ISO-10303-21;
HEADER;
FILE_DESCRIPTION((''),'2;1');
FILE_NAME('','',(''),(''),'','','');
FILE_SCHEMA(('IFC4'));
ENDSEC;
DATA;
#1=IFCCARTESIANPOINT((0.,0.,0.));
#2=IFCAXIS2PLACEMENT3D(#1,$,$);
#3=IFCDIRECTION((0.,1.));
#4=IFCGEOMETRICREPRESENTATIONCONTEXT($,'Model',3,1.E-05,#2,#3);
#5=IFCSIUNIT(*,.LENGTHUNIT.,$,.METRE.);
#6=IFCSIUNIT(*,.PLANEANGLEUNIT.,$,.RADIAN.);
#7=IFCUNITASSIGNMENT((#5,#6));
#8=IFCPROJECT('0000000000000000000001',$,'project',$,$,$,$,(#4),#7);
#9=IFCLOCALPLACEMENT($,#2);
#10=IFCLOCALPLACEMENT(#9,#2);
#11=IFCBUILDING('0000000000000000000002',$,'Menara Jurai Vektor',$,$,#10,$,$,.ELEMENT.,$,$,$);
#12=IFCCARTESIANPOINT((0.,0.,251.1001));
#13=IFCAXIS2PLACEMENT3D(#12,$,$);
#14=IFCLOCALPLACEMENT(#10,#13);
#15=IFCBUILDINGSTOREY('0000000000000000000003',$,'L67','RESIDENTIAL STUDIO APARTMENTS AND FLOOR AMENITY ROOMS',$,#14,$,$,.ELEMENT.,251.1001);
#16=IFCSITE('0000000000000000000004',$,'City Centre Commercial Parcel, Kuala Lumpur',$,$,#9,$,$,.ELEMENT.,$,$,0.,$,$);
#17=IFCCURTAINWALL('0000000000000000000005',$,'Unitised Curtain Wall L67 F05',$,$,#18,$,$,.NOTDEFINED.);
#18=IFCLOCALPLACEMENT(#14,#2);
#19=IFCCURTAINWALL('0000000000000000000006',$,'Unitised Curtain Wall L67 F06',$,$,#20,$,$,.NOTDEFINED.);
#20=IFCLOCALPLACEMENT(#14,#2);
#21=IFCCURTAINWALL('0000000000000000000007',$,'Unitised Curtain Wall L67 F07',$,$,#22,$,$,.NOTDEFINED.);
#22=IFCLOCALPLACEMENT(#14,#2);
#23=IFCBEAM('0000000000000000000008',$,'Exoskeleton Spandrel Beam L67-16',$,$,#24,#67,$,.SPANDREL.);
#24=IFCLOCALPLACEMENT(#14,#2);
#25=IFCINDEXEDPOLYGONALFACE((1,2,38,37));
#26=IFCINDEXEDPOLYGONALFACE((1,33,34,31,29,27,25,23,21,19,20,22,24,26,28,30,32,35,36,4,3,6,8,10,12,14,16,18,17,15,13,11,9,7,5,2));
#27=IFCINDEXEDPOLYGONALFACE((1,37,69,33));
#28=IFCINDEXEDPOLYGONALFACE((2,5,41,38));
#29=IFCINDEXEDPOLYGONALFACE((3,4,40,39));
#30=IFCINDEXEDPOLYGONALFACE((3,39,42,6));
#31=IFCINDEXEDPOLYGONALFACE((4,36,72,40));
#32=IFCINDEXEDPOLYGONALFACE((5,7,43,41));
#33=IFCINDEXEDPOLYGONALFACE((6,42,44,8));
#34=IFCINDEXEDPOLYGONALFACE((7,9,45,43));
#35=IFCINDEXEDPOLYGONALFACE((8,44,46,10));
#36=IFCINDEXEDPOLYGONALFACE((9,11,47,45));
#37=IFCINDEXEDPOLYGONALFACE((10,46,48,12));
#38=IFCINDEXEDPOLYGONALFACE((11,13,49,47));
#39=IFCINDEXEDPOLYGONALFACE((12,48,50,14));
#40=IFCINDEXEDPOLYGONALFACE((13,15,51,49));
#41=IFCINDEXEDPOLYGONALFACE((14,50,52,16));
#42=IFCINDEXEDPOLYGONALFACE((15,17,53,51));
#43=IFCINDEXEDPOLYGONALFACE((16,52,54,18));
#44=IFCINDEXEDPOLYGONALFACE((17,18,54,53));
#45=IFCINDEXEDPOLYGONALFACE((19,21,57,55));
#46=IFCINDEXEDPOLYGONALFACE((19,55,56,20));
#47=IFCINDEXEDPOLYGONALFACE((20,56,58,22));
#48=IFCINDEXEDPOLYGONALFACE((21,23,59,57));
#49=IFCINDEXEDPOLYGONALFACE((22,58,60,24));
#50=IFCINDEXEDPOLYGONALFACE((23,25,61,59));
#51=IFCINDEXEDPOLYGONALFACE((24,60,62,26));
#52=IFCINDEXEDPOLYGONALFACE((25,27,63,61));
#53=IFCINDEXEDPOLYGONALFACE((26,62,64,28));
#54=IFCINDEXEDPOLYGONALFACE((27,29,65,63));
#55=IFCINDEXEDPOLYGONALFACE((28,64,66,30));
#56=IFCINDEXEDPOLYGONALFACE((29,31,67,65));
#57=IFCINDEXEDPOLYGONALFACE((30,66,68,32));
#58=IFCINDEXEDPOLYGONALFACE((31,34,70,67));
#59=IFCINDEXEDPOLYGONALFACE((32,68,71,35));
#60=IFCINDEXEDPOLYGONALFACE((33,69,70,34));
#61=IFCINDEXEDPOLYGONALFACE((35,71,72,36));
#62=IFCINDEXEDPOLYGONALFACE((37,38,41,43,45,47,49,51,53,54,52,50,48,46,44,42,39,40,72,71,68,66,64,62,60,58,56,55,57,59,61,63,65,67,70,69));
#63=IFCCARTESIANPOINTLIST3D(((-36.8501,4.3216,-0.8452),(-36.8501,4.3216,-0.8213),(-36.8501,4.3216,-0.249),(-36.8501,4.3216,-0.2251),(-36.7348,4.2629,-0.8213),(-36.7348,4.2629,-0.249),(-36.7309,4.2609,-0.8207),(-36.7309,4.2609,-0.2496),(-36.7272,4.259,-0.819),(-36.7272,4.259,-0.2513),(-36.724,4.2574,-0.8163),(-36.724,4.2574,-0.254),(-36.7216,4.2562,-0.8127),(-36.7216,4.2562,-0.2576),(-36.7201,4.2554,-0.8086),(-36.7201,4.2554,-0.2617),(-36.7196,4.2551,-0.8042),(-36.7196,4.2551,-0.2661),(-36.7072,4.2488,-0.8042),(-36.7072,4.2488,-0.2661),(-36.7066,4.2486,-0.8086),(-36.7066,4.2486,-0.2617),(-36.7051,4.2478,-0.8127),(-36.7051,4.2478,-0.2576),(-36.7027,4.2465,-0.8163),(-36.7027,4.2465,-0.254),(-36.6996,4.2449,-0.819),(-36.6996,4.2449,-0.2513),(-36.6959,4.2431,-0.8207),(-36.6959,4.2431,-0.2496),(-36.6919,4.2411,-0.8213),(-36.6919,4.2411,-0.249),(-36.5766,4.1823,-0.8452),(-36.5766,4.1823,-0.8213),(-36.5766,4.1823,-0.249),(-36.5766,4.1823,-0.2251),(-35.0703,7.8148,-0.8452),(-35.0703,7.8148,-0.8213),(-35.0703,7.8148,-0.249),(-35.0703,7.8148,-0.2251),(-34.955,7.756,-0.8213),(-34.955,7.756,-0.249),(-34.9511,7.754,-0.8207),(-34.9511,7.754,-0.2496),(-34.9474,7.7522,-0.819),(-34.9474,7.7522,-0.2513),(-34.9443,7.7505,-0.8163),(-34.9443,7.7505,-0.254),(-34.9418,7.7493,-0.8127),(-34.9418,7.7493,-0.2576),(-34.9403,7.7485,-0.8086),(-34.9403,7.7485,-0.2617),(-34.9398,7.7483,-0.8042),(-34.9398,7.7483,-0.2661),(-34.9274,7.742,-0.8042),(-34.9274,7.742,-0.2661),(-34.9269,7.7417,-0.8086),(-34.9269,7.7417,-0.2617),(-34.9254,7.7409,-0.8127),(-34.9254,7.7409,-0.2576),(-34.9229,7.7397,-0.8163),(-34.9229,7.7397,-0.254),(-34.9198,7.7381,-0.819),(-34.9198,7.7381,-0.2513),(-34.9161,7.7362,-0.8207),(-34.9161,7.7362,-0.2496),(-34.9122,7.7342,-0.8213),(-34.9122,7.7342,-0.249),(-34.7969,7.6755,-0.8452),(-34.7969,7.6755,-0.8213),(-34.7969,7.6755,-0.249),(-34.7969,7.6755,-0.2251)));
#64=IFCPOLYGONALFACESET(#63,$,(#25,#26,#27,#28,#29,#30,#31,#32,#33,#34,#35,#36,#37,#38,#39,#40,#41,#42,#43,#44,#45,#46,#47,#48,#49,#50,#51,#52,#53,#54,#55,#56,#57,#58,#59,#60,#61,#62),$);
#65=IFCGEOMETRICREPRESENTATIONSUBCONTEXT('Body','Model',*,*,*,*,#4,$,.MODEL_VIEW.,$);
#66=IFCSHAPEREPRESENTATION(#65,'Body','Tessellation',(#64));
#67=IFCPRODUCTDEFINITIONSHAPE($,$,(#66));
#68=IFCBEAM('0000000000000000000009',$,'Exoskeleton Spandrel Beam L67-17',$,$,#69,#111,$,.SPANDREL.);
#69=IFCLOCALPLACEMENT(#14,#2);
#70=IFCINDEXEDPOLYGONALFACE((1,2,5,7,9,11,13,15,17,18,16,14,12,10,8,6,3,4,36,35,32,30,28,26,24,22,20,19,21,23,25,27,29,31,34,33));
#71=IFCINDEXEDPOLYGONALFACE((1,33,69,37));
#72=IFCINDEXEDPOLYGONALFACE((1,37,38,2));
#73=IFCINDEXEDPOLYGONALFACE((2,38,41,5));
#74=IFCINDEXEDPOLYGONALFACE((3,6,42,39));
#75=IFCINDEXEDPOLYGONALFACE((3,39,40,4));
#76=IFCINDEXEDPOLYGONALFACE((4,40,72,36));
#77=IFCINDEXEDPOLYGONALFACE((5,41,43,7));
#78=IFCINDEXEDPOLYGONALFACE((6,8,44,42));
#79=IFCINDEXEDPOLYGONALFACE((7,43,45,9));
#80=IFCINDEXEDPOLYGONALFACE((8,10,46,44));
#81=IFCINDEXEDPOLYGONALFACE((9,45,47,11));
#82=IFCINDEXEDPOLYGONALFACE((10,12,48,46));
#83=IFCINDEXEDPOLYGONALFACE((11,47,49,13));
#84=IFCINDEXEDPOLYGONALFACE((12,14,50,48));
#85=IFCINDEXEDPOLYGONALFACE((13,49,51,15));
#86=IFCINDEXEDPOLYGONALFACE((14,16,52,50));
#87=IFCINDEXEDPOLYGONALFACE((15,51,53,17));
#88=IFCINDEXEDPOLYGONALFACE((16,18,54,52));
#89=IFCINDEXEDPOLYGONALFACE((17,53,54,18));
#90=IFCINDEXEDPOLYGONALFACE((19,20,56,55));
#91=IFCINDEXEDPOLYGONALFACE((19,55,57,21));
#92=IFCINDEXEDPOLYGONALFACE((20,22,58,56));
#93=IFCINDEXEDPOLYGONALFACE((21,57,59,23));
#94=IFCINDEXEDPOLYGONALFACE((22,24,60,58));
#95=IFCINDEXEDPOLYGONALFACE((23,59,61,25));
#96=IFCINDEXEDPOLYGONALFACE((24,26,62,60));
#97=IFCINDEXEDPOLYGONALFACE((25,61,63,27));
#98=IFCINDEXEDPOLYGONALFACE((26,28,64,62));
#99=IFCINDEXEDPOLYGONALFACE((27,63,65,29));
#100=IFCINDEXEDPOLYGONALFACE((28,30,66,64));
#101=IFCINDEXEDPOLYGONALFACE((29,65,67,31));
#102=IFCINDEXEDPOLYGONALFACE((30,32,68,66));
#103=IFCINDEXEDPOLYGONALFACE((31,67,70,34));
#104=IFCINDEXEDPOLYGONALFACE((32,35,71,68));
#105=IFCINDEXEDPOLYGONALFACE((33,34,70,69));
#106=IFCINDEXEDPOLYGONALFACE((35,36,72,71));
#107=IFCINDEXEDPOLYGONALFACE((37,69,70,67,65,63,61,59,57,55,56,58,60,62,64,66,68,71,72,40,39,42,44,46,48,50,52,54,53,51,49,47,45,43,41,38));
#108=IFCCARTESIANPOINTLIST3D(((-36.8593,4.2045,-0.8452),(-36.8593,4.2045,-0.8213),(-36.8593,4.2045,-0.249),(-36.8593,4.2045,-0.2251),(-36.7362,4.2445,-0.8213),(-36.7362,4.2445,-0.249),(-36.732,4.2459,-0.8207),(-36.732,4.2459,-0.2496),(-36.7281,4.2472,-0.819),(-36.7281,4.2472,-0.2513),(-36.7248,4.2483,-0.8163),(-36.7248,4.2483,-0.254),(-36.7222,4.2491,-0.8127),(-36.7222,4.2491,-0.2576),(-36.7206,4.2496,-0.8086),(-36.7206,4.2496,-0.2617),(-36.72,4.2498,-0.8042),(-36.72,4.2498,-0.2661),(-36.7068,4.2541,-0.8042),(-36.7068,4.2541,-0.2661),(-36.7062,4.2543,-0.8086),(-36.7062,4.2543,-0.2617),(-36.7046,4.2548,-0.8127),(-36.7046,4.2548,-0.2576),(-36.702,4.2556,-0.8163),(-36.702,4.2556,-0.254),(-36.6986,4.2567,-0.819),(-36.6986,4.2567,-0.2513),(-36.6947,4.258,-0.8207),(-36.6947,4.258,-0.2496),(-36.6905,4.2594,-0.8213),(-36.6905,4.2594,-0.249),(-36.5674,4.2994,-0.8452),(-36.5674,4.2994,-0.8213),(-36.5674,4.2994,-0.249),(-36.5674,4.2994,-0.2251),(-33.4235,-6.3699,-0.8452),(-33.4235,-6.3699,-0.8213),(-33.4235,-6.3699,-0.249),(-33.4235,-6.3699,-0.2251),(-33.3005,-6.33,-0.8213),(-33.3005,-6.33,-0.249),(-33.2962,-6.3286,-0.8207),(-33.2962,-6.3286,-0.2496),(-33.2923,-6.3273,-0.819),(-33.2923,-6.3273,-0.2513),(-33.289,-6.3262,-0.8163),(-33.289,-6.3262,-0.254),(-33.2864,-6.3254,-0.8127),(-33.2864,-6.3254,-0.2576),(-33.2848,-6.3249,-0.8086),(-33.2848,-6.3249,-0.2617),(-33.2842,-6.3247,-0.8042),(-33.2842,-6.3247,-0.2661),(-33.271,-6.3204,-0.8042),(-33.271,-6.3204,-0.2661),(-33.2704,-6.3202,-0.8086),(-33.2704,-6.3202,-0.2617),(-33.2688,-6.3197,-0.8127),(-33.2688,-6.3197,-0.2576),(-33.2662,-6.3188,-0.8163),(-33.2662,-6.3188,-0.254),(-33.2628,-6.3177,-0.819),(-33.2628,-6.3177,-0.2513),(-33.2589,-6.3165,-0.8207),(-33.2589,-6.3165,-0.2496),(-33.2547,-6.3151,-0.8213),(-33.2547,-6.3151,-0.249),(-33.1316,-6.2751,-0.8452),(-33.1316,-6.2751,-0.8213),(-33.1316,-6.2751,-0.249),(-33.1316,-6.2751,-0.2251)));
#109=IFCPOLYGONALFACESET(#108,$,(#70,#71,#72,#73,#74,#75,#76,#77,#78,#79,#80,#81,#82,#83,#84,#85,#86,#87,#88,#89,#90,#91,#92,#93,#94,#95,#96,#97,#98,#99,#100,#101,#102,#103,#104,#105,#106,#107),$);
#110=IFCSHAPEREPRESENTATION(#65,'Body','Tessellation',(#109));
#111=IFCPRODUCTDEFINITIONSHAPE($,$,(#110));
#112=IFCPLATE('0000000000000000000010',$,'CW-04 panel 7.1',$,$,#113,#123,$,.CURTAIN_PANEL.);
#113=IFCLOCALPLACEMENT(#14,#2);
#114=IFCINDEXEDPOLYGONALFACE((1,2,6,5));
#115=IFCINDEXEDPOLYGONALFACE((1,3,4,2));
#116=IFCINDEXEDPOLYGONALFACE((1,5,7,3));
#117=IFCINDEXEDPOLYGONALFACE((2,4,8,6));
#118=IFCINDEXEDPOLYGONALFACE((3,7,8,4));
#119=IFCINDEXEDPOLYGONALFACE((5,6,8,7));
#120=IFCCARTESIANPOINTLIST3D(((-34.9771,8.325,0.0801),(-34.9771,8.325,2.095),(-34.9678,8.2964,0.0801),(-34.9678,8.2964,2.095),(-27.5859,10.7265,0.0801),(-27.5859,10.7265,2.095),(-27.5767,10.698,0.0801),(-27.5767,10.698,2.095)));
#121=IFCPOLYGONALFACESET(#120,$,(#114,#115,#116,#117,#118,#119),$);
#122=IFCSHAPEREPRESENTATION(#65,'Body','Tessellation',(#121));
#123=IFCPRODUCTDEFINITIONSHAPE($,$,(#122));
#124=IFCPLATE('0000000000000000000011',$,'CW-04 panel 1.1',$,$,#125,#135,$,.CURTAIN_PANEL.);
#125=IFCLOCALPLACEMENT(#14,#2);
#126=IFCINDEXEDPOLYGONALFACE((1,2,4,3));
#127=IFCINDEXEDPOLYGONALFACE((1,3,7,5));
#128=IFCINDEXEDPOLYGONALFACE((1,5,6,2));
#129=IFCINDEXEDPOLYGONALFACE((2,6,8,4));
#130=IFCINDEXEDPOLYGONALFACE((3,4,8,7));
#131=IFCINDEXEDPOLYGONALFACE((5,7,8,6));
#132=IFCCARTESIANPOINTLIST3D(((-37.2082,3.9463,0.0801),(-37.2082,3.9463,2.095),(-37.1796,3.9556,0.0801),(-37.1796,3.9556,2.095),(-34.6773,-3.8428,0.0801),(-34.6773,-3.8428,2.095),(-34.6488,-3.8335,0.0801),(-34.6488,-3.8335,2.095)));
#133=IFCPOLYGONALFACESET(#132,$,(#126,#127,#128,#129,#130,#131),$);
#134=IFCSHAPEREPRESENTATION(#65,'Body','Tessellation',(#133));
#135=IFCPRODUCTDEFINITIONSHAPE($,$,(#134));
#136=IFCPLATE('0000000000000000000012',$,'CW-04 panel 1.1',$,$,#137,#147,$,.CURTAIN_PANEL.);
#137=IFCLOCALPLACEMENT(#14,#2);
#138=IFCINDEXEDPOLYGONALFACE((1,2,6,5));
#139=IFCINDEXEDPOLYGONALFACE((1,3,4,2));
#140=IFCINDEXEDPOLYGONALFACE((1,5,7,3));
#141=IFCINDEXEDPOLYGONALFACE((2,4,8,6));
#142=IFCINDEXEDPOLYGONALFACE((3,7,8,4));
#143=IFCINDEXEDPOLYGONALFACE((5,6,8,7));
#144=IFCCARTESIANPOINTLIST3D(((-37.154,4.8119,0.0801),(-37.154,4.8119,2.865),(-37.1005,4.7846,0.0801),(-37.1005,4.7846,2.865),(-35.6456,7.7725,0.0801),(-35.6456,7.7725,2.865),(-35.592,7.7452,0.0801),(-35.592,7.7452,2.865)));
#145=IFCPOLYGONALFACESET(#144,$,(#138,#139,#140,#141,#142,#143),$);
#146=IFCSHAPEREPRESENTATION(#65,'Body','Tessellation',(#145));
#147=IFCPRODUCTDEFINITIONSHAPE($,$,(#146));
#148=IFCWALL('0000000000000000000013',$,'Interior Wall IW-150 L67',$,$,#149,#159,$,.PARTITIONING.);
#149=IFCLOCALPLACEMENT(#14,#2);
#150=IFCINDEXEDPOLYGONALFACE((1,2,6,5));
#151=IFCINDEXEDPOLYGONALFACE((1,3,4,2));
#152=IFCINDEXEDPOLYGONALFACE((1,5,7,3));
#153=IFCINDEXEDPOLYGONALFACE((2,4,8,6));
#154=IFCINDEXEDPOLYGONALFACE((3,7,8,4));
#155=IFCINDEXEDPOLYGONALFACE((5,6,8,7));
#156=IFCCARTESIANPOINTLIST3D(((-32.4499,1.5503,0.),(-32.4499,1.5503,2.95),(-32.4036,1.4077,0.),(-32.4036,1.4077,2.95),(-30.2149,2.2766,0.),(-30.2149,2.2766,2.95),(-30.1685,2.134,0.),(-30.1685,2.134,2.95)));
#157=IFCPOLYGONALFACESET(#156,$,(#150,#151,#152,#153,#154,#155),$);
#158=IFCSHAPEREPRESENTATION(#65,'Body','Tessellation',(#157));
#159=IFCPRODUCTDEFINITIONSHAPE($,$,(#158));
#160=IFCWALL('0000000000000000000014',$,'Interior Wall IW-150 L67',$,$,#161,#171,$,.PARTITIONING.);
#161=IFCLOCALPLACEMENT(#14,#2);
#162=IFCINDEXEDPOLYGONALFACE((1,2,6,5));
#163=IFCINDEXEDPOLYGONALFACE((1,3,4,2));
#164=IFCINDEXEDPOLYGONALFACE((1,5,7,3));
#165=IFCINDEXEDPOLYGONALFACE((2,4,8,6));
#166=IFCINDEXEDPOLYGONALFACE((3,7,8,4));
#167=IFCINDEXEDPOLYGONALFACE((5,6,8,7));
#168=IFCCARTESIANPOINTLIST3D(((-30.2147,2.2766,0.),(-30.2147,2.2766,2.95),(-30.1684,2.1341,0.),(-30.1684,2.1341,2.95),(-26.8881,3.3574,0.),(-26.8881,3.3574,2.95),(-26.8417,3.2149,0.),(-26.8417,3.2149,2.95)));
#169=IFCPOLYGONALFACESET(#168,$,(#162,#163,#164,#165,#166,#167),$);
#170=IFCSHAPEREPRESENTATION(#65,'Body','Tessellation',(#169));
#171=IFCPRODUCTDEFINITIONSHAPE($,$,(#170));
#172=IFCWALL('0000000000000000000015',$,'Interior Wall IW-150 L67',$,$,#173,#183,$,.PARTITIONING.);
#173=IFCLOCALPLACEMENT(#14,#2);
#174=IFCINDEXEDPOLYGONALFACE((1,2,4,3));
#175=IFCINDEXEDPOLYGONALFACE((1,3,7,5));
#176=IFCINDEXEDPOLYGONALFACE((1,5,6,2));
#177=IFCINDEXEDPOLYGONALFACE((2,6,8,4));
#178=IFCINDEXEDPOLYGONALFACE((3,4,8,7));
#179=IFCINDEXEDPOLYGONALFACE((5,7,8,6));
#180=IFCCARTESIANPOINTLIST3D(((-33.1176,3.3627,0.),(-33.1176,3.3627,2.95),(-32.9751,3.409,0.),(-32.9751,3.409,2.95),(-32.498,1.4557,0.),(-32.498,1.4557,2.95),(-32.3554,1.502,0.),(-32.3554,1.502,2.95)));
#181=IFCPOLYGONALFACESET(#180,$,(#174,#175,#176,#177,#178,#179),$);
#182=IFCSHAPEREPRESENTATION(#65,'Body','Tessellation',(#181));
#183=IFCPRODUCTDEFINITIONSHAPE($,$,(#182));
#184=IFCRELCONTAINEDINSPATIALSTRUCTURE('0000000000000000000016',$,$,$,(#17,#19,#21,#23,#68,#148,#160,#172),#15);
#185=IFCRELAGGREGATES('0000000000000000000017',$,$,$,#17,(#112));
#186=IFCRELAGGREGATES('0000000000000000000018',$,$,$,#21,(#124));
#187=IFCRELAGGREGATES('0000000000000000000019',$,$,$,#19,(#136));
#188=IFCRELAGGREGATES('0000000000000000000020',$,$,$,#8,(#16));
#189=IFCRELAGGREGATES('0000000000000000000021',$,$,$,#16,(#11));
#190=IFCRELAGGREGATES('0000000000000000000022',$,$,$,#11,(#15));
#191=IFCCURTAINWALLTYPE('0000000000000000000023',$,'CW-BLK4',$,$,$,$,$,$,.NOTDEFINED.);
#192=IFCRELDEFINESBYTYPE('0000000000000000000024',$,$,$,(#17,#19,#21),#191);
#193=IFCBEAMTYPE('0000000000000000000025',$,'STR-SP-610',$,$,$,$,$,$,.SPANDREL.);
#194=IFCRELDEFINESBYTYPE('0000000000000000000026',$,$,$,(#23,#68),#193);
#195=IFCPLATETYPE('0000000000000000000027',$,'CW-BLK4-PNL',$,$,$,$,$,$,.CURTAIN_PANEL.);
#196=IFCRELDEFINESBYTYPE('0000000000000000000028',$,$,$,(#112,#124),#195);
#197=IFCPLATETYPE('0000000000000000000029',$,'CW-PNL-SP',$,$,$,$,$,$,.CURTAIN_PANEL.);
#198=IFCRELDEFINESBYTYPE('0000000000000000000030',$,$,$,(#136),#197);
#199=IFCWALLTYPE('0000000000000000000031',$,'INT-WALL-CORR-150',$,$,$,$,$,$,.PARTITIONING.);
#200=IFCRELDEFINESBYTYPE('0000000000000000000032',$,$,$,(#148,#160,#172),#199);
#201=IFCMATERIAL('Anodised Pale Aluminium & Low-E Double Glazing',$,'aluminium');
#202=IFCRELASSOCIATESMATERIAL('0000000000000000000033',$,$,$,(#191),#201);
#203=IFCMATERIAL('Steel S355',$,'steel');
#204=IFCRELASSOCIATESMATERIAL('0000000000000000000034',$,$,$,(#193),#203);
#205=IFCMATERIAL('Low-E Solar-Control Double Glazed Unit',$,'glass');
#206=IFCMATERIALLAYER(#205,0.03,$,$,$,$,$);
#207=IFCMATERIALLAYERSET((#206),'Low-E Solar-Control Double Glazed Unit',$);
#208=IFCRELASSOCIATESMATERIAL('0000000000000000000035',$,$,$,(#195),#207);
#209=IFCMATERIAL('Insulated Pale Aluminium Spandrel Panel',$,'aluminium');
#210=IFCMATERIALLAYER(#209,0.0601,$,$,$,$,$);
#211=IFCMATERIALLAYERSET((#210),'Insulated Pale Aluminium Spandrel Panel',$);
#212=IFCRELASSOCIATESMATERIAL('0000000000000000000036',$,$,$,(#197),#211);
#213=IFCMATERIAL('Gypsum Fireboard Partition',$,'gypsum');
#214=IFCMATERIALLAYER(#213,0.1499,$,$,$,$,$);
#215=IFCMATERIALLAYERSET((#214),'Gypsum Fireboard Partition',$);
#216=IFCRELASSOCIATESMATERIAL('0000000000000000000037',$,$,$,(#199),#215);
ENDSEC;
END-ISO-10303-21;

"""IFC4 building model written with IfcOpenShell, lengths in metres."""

from ifc_helpers import new_model, si_unit, direction, frame, frame_2d, origin, origin_2d, place, context, subcontext, project, spatial, rectangle, i_section, extrude, material, layer, layer_set, material_profile, profile_set, type_object, element, aggregate, save


model = new_model("IFC4")

# Units and contexts
model_context = context("Model", 3, precision=1e-05, world=origin(), true_north=direction((0.0, 1.0)))
body_context = subcontext(model_context, "Body", "Model", "MODEL_VIEW")
ifc_project = project(units=[si_unit("LENGTHUNIT", "METRE"), si_unit("PLANEANGLEUNIT", "RADIAN")], contexts=[model_context])

# Site, building, storey
site_placement = place(None, origin())
site = spatial("IfcSite", under=ifc_project, at=site_placement, Name="City Centre Commercial Parcel, Kuala Lumpur", CompositionType="ELEMENT", RefElevation=0.0)
building_placement = place(site_placement, origin())
building = spatial("IfcBuilding", under=site, at=building_placement, Name="Menara Jurai Vektor", CompositionType="ELEMENT")
storey_placement = place(building_placement, frame((0.0, 0.0, 251.1001)))
storey = spatial("IfcBuildingStorey", under=building, at=storey_placement, Name="L67", Description="RESIDENTIAL STUDIO APARTMENTS AND FLOOR AMENITY ROOMS", CompositionType="ELEMENT", Elevation=251.1001)

# Curtain wall
ifc_material_1 = material(Name="Anodised Pale Aluminium & Low-E Double Glazing", Category="aluminium")
curtain_wall_type = type_object("IfcCurtainWallType", Name="CW-BLK4", PredefinedType="NOTDEFINED", material=ifc_material_1)
curtain_wall_1_placement = place(storey_placement, origin())
curtain_wall_1 = element("IfcCurtainWall", 1, at=curtain_wall_1_placement, inside=storey, type_object=curtain_wall_type, Name="Unitised Curtain Wall L67 F05", PredefinedType="NOTDEFINED")

# Curtain wall
curtain_wall_2_placement = place(storey_placement, origin())
curtain_wall_2 = element("IfcCurtainWall", 2, at=curtain_wall_2_placement, inside=storey, type_object=curtain_wall_type, Name="Unitised Curtain Wall L67 F06", PredefinedType="NOTDEFINED")

# Curtain wall
curtain_wall_3_placement = place(storey_placement, origin())
curtain_wall_3 = element("IfcCurtainWall", 3, at=curtain_wall_3_placement, inside=storey, type_object=curtain_wall_type, Name="Unitised Curtain Wall L67 F07", PredefinedType="NOTDEFINED")

# Shared definitions
ifc_material_2 = material(Name="Steel S355", Category="steel")

# Beams
ifc_material_profile_1 = material_profile(ifc_material_2, i_section(OverallWidth=0.3069, OverallDepth=0.6201, WebThickness=0.0139, FlangeThickness=0.0239, FilletRadius=0.0171, at=origin_2d()), Name="UKB 610x305x179")
ifc_profile_set_1 = profile_set([ifc_material_profile_1], Name="Steel S355")
beam_type_1 = type_object("IfcBeamType", Name="STR-SP-610", PredefinedType="SPANDREL", material=ifc_profile_set_1)
beam_1_placement = place(storey_placement, frame((-34.9336, 7.7451, -0.5352), z_axis=(-0.453976, -0.891014, 0.0), x_axis=(0.891014, -0.453976, 0.0)))
element("IfcBeam", 4, at=beam_1_placement, inside=storey, type_object=beam_type_1, Name="Exoskeleton Spandrel Beam L67-16", PredefinedType="SPANDREL", context=body_context, shape_type="SweptSolid", body=[
    extrude(i_section(OverallWidth=0.3069, OverallDepth=0.6201, WebThickness=0.0139, FlangeThickness=0.0239, FilletRadius=0.0171, at=origin_2d()), origin(), (0.0, 0.0, 1.0), 3.9204),
])
beam_2_placement = place(storey_placement, frame((-36.7134, 4.252, -0.5352), z_axis=(0.309012, -0.951058, 0.0), x_axis=(0.951058, 0.309012, 0.0)))
element("IfcBeam", 5, at=beam_2_placement, inside=storey, type_object=beam_type_1, Name="Exoskeleton Spandrel Beam L67-17", PredefinedType="SPANDREL", context=body_context, shape_type="SweptSolid", body=[
    extrude(i_section(OverallWidth=0.3069, OverallDepth=0.6201, WebThickness=0.0139, FlangeThickness=0.0239, FilletRadius=0.0171, at=origin_2d()), origin(), (0.0, 0.0, 1.0), 11.1187),
])

# Plates
ifc_material_3 = material(Name="Low-E Solar-Control Double Glazed Unit", Category="glass")
ifc_layer_1 = layer(ifc_material_3, 0.03)
ifc_layer_set_1 = layer_set([ifc_layer_1], Name="Low-E Solar-Control Double Glazed Unit")
plate_type_1 = type_object("IfcPlateType", Name="CW-BLK4-PNL", PredefinedType="CURTAIN_PANEL", material=ifc_layer_set_1)
plate_1_placement = place(storey_placement, frame((-31.2769, 9.5115, 0.0801), z_axis=(0.0, 0.0, 1.0), x_axis=(-0.951056, -0.309017, 0.0)))
plate_1 = element("IfcPlate", 6, at=plate_1_placement, type_object=plate_type_1, Name="CW-04 panel 7.1", PredefinedType="CURTAIN_PANEL", context=body_context, shape_type="SweptSolid", body=[
    extrude(rectangle(XDim=7.7715, YDim=0.03, at=origin_2d()), origin(), (0.0, 0.0, 1.0), 2.0149),
])
aggregate(curtain_wall_1, [plate_1])
plate_2_placement = place(storey_placement, frame((-35.9285, 0.0564, 0.0801), z_axis=(0.0, 0.0, 1.0), x_axis=(0.309016, -0.951057, 0.0)))
plate_2 = element("IfcPlate", 7, at=plate_2_placement, type_object=plate_type_1, Name="CW-04 panel 1.1", PredefinedType="CURTAIN_PANEL", context=body_context, shape_type="SweptSolid", body=[
    extrude(rectangle(XDim=8.1899, YDim=0.03, at=origin_2d()), origin(), (0.0, 0.0, 1.0), 2.0149),
])
aggregate(curtain_wall_3, [plate_2])
ifc_material_4 = material(Name="Insulated Pale Aluminium Spandrel Panel", Category="aluminium")
ifc_layer_2 = layer(ifc_material_4, 0.0601)
ifc_layer_set_2 = layer_set([ifc_layer_2], Name="Insulated Pale Aluminium Spandrel Panel")
plate_type_2 = type_object("IfcPlateType", Name="CW-PNL-SP", PredefinedType="CURTAIN_PANEL", material=ifc_layer_set_2)
plate_3_placement = place(storey_placement, frame((-36.373, 6.2786, 0.0801), z_axis=(0.0, 0.0, 1.0), x_axis=(-0.453989, -0.891008, 0.0)))
plate_3 = element("IfcPlate", 8, at=plate_3_placement, type_object=plate_type_2, Name="CW-04 panel 1.1", PredefinedType="CURTAIN_PANEL", context=body_context, shape_type="SweptSolid", body=[
    extrude(rectangle(XDim=3.3228, YDim=0.0601, at=origin_2d()), origin(), (0.0, 0.0, 1.0), 2.7849),
])
aggregate(curtain_wall_2, [plate_3])

# Shared definitions
ifc_material_5 = material(Name="Gypsum Fireboard Partition", Category="gypsum")
ifc_layer_3 = layer(ifc_material_5, 0.1499)
ifc_layer_set_3 = layer_set([ifc_layer_3], Name="Gypsum Fireboard Partition")
wall_type = type_object("IfcWallType", Name="INT-WALL-CORR-150", PredefinedType="PARTITIONING", material=ifc_layer_set_3)

# Walls
wall_1_placement = place(storey_placement, frame((-32.4268, 1.479, 0.0), z_axis=(0.0, 0.0, 1.0), x_axis=(0.951046, 0.309051, 0.0)))
element("IfcWall", 9, at=wall_1_placement, inside=storey, type_object=wall_type, Name="Interior Wall IW-150 L67", PredefinedType="PARTITIONING", context=body_context, shape_type="SweptSolid", body=[
    extrude(rectangle(XDim=2.3501, YDim=0.1499, at=frame_2d((1.175, 0.0))), origin(), (0.0, 0.0, 1.0), 2.95),
])
wall_2_placement = place(storey_placement, frame((-30.1917, 2.2053, 0.0), z_axis=(0.0, 0.0, 1.0), x_axis=(0.951064, 0.308995, 0.0)))
element("IfcWall", 10, at=wall_2_placement, inside=storey, type_object=wall_type, Name="Interior Wall IW-150 L67", PredefinedType="PARTITIONING", context=body_context, shape_type="SweptSolid", body=[
    extrude(rectangle(XDim=3.4978, YDim=0.1499, at=frame_2d((1.749, 0.0))), origin(), (0.0, 0.0, 1.0), 2.95),
])
wall_3_placement = place(storey_placement, frame((-32.4268, 1.479, 0.0), z_axis=(0.0, 0.0, 1.0), x_axis=(-0.309023, 0.951055, 0.0)))
element("IfcWall", 11, at=wall_3_placement, inside=storey, type_object=wall_type, Name="Interior Wall IW-150 L67", PredefinedType="PARTITIONING", context=body_context, shape_type="SweptSolid", body=[
    extrude(rectangle(XDim=2.0051, YDim=0.1499, at=frame_2d((1.0024, 0.0))), origin(), (0.0, 0.0, 1.0), 2.95),
])

save(model, "model.ifc")
